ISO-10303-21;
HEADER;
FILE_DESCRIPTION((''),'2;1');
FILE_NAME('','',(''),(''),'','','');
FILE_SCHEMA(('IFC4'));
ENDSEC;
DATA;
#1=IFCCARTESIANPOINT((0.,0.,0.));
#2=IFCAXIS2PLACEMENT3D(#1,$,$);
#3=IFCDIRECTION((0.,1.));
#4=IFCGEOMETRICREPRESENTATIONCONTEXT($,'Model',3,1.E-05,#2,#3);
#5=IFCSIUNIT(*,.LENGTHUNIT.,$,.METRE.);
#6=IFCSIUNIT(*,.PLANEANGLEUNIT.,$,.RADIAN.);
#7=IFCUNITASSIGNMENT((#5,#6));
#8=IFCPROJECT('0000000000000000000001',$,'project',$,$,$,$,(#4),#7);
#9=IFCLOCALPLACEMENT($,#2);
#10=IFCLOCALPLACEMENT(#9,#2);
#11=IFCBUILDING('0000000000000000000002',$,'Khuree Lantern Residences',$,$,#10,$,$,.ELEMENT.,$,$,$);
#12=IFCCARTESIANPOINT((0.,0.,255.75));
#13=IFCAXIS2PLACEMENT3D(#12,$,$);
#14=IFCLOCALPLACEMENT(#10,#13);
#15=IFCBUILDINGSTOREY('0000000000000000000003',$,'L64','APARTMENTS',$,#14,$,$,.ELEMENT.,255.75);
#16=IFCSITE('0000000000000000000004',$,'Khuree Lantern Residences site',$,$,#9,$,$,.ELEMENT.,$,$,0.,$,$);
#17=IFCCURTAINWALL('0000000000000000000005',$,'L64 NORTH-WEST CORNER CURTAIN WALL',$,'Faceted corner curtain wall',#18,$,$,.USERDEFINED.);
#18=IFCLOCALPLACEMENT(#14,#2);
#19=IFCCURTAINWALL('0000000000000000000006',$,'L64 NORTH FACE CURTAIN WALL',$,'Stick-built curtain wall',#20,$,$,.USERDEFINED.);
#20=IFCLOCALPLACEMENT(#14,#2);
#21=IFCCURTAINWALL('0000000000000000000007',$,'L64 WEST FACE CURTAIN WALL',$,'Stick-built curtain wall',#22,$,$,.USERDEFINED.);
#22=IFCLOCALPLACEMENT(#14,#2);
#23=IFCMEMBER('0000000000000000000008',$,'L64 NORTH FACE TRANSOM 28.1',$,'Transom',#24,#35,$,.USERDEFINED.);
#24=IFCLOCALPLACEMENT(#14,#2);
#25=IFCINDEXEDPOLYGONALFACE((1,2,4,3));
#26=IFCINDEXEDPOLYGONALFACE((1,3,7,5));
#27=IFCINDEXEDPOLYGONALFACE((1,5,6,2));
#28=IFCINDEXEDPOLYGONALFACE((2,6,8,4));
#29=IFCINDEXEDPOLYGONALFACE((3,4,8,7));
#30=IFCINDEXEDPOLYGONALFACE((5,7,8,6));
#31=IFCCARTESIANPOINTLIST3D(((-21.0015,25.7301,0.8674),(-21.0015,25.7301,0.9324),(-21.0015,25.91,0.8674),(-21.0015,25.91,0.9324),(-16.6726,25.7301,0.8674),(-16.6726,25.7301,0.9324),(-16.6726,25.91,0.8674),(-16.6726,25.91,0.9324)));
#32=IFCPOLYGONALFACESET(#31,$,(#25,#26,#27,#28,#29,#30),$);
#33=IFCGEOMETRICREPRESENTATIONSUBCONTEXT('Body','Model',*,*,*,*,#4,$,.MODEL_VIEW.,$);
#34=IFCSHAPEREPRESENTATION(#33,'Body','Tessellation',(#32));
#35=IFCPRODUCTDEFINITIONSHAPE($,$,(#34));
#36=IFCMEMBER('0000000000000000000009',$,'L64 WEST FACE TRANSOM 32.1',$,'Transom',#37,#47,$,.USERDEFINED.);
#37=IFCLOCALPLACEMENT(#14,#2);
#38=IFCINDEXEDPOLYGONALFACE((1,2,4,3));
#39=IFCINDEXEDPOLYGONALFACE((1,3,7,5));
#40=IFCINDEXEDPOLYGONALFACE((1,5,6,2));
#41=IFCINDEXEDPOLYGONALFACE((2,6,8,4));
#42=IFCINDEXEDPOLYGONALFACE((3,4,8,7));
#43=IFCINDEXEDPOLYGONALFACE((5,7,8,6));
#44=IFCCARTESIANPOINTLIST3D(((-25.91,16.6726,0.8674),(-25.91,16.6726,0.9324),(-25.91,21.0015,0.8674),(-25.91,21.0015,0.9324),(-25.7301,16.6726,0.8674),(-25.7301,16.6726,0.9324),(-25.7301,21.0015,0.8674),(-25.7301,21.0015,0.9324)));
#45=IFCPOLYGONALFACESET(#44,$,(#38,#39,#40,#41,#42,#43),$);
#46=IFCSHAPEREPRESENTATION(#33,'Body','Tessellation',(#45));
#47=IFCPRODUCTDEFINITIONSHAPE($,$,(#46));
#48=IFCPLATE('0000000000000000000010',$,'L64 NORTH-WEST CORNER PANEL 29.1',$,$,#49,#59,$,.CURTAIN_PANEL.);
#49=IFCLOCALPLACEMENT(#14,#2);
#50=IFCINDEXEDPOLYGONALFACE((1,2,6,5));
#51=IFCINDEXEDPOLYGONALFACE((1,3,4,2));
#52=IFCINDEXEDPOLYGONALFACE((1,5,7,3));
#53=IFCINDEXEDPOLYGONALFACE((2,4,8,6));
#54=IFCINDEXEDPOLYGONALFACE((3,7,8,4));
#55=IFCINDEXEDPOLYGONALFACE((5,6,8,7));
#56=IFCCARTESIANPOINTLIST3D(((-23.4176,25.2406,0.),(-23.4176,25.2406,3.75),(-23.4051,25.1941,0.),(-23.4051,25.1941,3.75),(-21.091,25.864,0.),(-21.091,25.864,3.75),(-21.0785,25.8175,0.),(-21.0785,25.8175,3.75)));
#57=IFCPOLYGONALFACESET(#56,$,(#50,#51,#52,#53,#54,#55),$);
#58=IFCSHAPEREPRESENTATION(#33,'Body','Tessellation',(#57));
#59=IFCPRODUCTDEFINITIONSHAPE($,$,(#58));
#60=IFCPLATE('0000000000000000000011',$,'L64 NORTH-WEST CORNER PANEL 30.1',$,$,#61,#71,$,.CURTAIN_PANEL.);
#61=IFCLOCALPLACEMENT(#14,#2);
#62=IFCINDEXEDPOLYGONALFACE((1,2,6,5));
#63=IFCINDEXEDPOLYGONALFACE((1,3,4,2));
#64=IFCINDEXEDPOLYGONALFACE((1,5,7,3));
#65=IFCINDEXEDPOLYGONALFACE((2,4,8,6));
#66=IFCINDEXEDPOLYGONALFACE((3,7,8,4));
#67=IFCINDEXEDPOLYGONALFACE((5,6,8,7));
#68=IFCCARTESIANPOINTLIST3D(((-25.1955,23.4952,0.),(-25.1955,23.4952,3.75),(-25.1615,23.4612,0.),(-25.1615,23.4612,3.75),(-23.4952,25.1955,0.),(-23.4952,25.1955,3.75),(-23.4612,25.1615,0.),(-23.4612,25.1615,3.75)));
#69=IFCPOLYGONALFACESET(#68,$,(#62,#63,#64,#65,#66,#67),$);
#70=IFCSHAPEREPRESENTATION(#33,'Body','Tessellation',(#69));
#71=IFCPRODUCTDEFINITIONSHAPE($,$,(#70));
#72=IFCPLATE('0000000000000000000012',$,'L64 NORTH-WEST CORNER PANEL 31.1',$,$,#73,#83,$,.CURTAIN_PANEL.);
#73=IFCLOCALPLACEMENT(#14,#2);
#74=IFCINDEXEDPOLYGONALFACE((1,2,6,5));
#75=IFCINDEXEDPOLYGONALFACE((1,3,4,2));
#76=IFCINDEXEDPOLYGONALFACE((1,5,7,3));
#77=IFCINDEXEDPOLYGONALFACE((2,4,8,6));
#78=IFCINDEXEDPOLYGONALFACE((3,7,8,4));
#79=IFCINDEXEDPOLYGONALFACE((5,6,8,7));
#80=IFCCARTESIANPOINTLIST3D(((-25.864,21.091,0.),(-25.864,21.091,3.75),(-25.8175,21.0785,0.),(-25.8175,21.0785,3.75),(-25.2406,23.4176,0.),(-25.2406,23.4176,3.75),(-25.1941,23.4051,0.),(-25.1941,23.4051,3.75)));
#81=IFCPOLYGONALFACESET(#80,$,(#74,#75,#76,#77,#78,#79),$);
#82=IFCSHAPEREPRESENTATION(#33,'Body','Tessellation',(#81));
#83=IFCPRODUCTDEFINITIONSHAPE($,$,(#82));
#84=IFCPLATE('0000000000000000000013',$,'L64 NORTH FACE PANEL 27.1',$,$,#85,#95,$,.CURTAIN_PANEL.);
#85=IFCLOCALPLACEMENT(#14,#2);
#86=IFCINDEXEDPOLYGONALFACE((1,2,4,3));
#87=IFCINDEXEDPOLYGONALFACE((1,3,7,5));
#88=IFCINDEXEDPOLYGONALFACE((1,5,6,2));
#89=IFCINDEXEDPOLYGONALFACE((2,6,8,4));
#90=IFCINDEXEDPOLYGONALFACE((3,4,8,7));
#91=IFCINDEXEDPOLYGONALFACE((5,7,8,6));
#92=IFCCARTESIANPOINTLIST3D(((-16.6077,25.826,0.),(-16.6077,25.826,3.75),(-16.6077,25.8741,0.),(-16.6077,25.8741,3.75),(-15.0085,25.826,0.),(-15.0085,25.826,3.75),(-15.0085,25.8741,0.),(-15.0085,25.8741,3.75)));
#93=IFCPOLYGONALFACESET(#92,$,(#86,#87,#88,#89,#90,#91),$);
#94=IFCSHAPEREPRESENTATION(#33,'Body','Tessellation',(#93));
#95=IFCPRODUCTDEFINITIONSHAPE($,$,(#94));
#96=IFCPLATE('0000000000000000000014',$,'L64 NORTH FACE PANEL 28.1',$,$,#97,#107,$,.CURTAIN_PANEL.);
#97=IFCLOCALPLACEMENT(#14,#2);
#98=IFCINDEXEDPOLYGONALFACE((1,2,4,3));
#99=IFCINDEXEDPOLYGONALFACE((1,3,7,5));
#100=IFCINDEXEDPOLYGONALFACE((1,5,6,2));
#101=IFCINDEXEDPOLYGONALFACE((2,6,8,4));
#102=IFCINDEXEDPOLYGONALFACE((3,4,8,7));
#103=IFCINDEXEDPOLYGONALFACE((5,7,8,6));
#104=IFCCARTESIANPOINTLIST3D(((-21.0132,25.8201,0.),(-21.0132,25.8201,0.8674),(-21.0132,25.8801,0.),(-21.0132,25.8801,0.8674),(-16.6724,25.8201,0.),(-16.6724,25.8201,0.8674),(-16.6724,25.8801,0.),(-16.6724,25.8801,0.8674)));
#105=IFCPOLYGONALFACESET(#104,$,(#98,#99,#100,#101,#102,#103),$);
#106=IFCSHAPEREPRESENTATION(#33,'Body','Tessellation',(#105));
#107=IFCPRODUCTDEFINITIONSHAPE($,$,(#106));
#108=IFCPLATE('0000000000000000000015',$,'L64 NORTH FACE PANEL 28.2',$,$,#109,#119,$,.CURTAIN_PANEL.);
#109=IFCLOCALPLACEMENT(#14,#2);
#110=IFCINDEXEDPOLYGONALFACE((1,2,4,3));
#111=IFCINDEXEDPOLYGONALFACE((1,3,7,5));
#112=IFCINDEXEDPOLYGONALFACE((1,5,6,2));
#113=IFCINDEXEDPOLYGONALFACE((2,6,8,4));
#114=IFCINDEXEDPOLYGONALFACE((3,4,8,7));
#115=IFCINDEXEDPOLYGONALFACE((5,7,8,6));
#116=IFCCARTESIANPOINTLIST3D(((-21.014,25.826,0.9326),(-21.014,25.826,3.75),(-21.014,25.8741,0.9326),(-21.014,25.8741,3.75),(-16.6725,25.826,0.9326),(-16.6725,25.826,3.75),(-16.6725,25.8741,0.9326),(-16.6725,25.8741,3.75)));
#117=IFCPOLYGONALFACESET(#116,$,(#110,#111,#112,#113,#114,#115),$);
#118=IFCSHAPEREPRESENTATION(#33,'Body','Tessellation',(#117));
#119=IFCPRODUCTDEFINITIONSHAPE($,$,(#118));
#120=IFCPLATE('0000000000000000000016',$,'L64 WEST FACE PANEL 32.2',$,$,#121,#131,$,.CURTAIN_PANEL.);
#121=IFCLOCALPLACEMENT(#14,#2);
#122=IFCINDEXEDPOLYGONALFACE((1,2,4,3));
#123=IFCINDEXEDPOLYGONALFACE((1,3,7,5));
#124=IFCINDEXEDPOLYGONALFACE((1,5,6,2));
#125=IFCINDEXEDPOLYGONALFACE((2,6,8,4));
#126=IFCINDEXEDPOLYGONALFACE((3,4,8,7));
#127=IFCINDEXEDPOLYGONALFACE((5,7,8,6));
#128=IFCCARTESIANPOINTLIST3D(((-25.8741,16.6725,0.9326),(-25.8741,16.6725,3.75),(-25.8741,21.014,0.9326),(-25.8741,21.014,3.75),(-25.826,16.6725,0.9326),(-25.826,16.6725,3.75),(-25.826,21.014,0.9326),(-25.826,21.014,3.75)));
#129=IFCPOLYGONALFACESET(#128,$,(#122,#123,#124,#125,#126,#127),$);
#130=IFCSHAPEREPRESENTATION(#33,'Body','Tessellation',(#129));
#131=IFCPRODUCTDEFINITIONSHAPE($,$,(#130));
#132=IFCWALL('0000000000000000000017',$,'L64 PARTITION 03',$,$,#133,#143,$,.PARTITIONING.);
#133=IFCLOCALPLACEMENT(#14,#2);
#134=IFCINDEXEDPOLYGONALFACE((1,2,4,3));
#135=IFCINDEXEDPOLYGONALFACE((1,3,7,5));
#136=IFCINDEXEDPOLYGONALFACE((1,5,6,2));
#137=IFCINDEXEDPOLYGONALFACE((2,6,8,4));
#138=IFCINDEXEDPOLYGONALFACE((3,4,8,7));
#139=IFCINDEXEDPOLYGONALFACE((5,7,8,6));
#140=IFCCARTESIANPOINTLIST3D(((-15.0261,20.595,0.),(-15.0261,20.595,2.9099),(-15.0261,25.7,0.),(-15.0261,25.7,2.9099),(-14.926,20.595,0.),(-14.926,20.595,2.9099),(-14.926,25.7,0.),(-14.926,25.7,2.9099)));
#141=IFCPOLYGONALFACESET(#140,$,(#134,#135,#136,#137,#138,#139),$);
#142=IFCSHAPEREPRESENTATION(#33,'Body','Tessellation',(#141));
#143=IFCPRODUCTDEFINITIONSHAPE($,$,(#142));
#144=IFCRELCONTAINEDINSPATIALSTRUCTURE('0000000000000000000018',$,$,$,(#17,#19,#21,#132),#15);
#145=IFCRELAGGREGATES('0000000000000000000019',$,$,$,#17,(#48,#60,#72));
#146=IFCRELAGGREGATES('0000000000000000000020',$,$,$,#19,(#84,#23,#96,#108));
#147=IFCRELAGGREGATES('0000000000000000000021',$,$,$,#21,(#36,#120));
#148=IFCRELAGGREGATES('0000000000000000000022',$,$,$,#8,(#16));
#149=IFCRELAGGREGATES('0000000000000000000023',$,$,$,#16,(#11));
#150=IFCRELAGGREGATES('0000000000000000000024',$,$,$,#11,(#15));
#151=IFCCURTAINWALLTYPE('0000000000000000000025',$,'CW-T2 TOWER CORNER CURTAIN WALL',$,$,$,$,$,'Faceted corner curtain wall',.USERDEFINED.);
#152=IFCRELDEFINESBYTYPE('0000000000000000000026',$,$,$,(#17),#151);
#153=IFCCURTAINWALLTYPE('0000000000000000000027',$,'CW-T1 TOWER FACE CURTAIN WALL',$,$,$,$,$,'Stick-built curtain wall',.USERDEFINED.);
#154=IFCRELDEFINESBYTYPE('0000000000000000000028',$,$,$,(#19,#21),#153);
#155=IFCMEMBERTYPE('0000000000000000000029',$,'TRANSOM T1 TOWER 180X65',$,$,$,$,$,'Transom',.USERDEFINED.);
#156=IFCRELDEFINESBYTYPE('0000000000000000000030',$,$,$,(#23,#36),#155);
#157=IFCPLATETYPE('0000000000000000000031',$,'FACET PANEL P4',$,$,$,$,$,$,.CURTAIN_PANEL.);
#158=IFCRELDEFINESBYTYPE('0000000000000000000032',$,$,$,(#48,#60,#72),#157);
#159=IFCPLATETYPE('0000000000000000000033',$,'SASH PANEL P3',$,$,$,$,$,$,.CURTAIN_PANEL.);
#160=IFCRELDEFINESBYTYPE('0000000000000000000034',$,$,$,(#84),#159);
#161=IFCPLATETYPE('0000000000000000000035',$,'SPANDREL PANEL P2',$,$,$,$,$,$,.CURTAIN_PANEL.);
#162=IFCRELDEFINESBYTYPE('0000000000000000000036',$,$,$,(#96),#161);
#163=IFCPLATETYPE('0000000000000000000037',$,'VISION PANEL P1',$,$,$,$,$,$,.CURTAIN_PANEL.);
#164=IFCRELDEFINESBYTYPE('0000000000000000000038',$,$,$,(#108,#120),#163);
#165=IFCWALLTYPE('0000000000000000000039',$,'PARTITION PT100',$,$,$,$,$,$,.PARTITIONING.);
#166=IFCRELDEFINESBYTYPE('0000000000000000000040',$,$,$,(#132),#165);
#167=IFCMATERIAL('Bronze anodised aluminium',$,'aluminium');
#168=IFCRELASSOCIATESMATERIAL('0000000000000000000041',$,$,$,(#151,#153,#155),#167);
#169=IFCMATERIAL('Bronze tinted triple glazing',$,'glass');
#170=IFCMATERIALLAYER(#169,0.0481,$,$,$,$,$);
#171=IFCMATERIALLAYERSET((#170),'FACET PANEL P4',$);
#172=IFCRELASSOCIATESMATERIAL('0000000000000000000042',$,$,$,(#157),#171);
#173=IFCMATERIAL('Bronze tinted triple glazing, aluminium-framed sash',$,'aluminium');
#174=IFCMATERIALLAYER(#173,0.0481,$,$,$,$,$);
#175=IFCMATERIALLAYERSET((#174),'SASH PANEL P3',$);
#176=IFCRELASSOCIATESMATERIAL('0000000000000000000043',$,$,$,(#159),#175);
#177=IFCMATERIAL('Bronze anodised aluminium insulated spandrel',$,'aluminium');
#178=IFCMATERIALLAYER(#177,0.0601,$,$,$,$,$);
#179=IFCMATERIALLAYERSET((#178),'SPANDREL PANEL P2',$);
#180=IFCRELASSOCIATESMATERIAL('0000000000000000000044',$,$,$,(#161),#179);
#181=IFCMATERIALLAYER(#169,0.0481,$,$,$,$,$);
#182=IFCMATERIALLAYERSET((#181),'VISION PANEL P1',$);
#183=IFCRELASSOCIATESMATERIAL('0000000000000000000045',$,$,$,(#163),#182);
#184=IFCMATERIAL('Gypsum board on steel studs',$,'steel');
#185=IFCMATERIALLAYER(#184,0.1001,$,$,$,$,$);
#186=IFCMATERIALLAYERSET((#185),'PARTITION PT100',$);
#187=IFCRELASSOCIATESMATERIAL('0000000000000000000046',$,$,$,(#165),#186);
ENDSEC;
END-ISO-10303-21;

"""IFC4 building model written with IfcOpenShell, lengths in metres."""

from ifc_helpers import new_model, si_unit, direction, frame, frame_2d, origin, origin_2d, place, context, subcontext, project, spatial, rectangle, extrude, material, layer, layer_set, material_profile, profile_set, type_object, element, aggregate, save


model = new_model("IFC4")

# Units and contexts
model_context = context("Model", 3, precision=1e-05, world=origin(), true_north=direction((0.0, 1.0)))
body_context = subcontext(model_context, "Body", "Model", "MODEL_VIEW")
ifc_project = project(units=[si_unit("LENGTHUNIT", "METRE"), si_unit("PLANEANGLEUNIT", "RADIAN")], contexts=[model_context])

# Site, building, storey
site_placement = place(None, origin())
site = spatial("IfcSite", under=ifc_project, at=site_placement, Name="Khuree Lantern Residences site", CompositionType="ELEMENT", RefElevation=0.0)
building_placement = place(site_placement, origin())
building = spatial("IfcBuilding", under=site, at=building_placement, Name="Khuree Lantern Residences", CompositionType="ELEMENT")
storey_placement = place(building_placement, frame((0.0, 0.0, 255.75)))
storey = spatial("IfcBuildingStorey", under=building, at=storey_placement, Name="L64", Description="APARTMENTS", CompositionType="ELEMENT", Elevation=255.75)

# Curtain wall
ifc_material_1 = material(Name="Bronze anodised aluminium", Category="aluminium")
curtain_wall_type_1 = type_object("IfcCurtainWallType", Name="CW-T2 TOWER CORNER CURTAIN WALL", ElementType="Faceted corner curtain wall", PredefinedType="USERDEFINED", material=ifc_material_1)
curtain_wall_1_placement = place(storey_placement, origin())
curtain_wall_1 = element("IfcCurtainWall", 1, at=curtain_wall_1_placement, inside=storey, type_object=curtain_wall_type_1, Name="L64 NORTH-WEST CORNER CURTAIN WALL", ObjectType="Faceted corner curtain wall", PredefinedType="USERDEFINED")

# Curtain wall
curtain_wall_type_2 = type_object("IfcCurtainWallType", Name="CW-T1 TOWER FACE CURTAIN WALL", ElementType="Stick-built curtain wall", PredefinedType="USERDEFINED", material=ifc_material_1)
curtain_wall_2_placement = place(storey_placement, origin())
curtain_wall_2 = element("IfcCurtainWall", 2, at=curtain_wall_2_placement, inside=storey, type_object=curtain_wall_type_2, Name="L64 NORTH FACE CURTAIN WALL", ObjectType="Stick-built curtain wall", PredefinedType="USERDEFINED")

# Curtain wall
curtain_wall_3_placement = place(storey_placement, origin())
curtain_wall_3 = element("IfcCurtainWall", 3, at=curtain_wall_3_placement, inside=storey, type_object=curtain_wall_type_2, Name="L64 WEST FACE CURTAIN WALL", ObjectType="Stick-built curtain wall", PredefinedType="USERDEFINED")

# Members
ifc_material_profile_1 = material_profile(ifc_material_1, rectangle(XDim=0.1799, YDim=0.0649, at=origin_2d()), Name="T1 180X65")
ifc_profile_set_1 = profile_set([ifc_material_profile_1], Name="Bronze anodised aluminium")
member_type_1 = type_object("IfcMemberType", Name="TRANSOM T1 TOWER 180X65", ElementType="Transom", PredefinedType="USERDEFINED", material=ifc_profile_set_1)
member_1_placement = place(storey_placement, frame((-16.6726, 25.8201, 0.8999), z_axis=(-1.0, 0.0, 0.0), x_axis=(0.0, -1.0, 0.0)))
member_1 = element("IfcMember", 4, at=member_1_placement, type_object=member_type_1, Name="L64 NORTH FACE TRANSOM 28.1", ObjectType="Transom", PredefinedType="USERDEFINED", context=body_context, shape_type="SweptSolid", body=[
    extrude(rectangle(XDim=0.1799, YDim=0.0649, at=origin_2d()), origin(), (0.0, 0.0, 1.0), 4.3289),
])
member_2_placement = place(storey_placement, frame((-25.8201, 21.0015, 0.8999), z_axis=(0.0, -1.0, 0.0), x_axis=(1.0, 0.0, 0.0)))
member_2 = element("IfcMember", 5, at=member_2_placement, type_object=member_type_1, Name="L64 WEST FACE TRANSOM 32.1", ObjectType="Transom", PredefinedType="USERDEFINED", context=body_context, shape_type="SweptSolid", body=[
    extrude(rectangle(XDim=0.1799, YDim=0.0649, at=origin_2d()), origin(), (0.0, 0.0, 1.0), 4.3289),
])

# Plates
ifc_material_2 = material(Name="Bronze tinted triple glazing", Category="glass")
ifc_layer_1 = layer(ifc_material_2, 0.0481)
ifc_layer_set_1 = layer_set([ifc_layer_1], Name="FACET PANEL P4")
plate_type_1 = type_object("IfcPlateType", Name="FACET PANEL P4", PredefinedType="CURTAIN_PANEL", material=ifc_layer_set_1)
plate_1_placement = place(storey_placement, frame((-22.248, 25.5291, 0.0), z_axis=(0.0, 0.0, 1.0), x_axis=(-0.965926, -0.258819, 0.0)))
plate_1 = element("IfcPlate", 6, at=plate_1_placement, type_object=plate_type_1, Name="L64 NORTH-WEST CORNER PANEL 29.1", PredefinedType="CURTAIN_PANEL", context=body_context, shape_type="SweptSolid", body=[
    extrude(rectangle(XDim=2.4087, YDim=0.0481, at=origin_2d()), origin(), (0.0, 0.0, 1.0), 3.75),
])
plate_2_placement = place(storey_placement, frame((-24.3284, 24.3284, 0.0), z_axis=(0.0, 0.0, 1.0), x_axis=(-0.707107, -0.707107, 0.0)))
plate_2 = element("IfcPlate", 7, at=plate_2_placement, type_object=plate_type_1, Name="L64 NORTH-WEST CORNER PANEL 30.1", PredefinedType="CURTAIN_PANEL", context=body_context, shape_type="SweptSolid", body=[
    extrude(rectangle(XDim=2.4045, YDim=0.0481, at=origin_2d()), origin(), (0.0, 0.0, 1.0), 3.75),
])
plate_3_placement = place(storey_placement, frame((-25.5291, 22.248, 0.0), z_axis=(0.0, 0.0, 1.0), x_axis=(-0.258819, -0.965926, 0.0)))
plate_3 = element("IfcPlate", 8, at=plate_3_placement, type_object=plate_type_1, Name="L64 NORTH-WEST CORNER PANEL 31.1", PredefinedType="CURTAIN_PANEL", context=body_context, shape_type="SweptSolid", body=[
    extrude(rectangle(XDim=2.4087, YDim=0.0481, at=origin_2d()), origin(), (0.0, 0.0, 1.0), 3.75),
])
aggregate(curtain_wall_1, [plate_1, plate_2, plate_3])
ifc_material_3 = material(Name="Bronze tinted triple glazing, aluminium-framed sash", Category="aluminium")
ifc_layer_2 = layer(ifc_material_3, 0.0481)
ifc_layer_set_2 = layer_set([ifc_layer_2], Name="SASH PANEL P3")
plate_type_2 = type_object("IfcPlateType", Name="SASH PANEL P3", PredefinedType="CURTAIN_PANEL", material=ifc_layer_set_2)
plate_4_placement = place(storey_placement, frame((-15.8081, 25.8501, 0.0), z_axis=(0.0, 0.0, 1.0), x_axis=(-1.0, 0.0, 0.0)))
plate_4 = element("IfcPlate", 9, at=plate_4_placement, type_object=plate_type_2, Name="L64 NORTH FACE PANEL 27.1", PredefinedType="CURTAIN_PANEL", context=body_context, shape_type="SweptSolid", body=[
    extrude(rectangle(XDim=1.5991, YDim=0.0481, at=origin_2d()), origin(), (0.0, 0.0, 1.0), 3.75),
])
ifc_material_4 = material(Name="Bronze anodised aluminium insulated spandrel", Category="aluminium")
ifc_layer_3 = layer(ifc_material_4, 0.0601)
ifc_layer_set_3 = layer_set([ifc_layer_3], Name="SPANDREL PANEL P2")
plate_type_3 = type_object("IfcPlateType", Name="SPANDREL PANEL P2", PredefinedType="CURTAIN_PANEL", material=ifc_layer_set_3)
plate_5_placement = place(storey_placement, frame((-18.8428, 25.8501, 0.0), z_axis=(0.0, 0.0, 1.0), x_axis=(-1.0, 0.0, 0.0)))
plate_5 = element("IfcPlate", 10, at=plate_5_placement, type_object=plate_type_3, Name="L64 NORTH FACE PANEL 28.1", PredefinedType="CURTAIN_PANEL", context=body_context, shape_type="SweptSolid", body=[
    extrude(rectangle(XDim=4.3408, YDim=0.0601, at=origin_2d()), origin(), (0.0, 0.0, 1.0), 0.8674),
])
ifc_layer_4 = layer(ifc_material_2, 0.0481)
ifc_layer_set_4 = layer_set([ifc_layer_4], Name="VISION PANEL P1")
plate_type_4 = type_object("IfcPlateType", Name="VISION PANEL P1", PredefinedType="CURTAIN_PANEL", material=ifc_layer_set_4)
plate_6_placement = place(storey_placement, frame((-18.8433, 25.8501, 0.9326), z_axis=(0.0, 0.0, 1.0), x_axis=(-1.0, 0.0, 0.0)))
plate_6 = element("IfcPlate", 11, at=plate_6_placement, type_object=plate_type_4, Name="L64 NORTH FACE PANEL 28.2", PredefinedType="CURTAIN_PANEL", context=body_context, shape_type="SweptSolid", body=[
    extrude(rectangle(XDim=4.3416, YDim=0.0481, at=origin_2d()), origin(), (0.0, 0.0, 1.0), 2.8174),
])
aggregate(curtain_wall_2, [plate_4, member_1, plate_5, plate_6])
plate_7_placement = place(storey_placement, frame((-25.8501, 18.8433, 0.9326), z_axis=(0.0, 0.0, 1.0), x_axis=(0.0, -1.0, 0.0)))
plate_7 = element("IfcPlate", 12, at=plate_7_placement, type_object=plate_type_4, Name="L64 WEST FACE PANEL 32.2", PredefinedType="CURTAIN_PANEL", context=body_context, shape_type="SweptSolid", body=[
    extrude(rectangle(XDim=4.3416, YDim=0.0481, at=origin_2d()), origin(), (0.0, 0.0, 1.0), 2.8174),
])
aggregate(curtain_wall_3, [member_2, plate_7])

# Wall
ifc_material_5 = material(Name="Gypsum board on steel studs", Category="steel")
ifc_layer_5 = layer(ifc_material_5, 0.1001)
ifc_layer_set_5 = layer_set([ifc_layer_5], Name="PARTITION PT100")
wall_type = type_object("IfcWallType", Name="PARTITION PT100", PredefinedType="PARTITIONING", material=ifc_layer_set_5)
wall_placement = place(storey_placement, frame((-14.9761, 20.595, 0.0), z_axis=(0.0, 0.0, 1.0), x_axis=(0.0, 1.0, 0.0)))
element("IfcWall", 13, at=wall_placement, inside=storey, type_object=wall_type, Name="L64 PARTITION 03", PredefinedType="PARTITIONING", context=body_context, shape_type="SweptSolid", body=[
    extrude(rectangle(XDim=5.105, YDim=0.1001, at=frame_2d((2.5525, 0.0))), origin(), (0.0, 0.0, 1.0), 2.9099),
])

save(model, "model.ifc")
